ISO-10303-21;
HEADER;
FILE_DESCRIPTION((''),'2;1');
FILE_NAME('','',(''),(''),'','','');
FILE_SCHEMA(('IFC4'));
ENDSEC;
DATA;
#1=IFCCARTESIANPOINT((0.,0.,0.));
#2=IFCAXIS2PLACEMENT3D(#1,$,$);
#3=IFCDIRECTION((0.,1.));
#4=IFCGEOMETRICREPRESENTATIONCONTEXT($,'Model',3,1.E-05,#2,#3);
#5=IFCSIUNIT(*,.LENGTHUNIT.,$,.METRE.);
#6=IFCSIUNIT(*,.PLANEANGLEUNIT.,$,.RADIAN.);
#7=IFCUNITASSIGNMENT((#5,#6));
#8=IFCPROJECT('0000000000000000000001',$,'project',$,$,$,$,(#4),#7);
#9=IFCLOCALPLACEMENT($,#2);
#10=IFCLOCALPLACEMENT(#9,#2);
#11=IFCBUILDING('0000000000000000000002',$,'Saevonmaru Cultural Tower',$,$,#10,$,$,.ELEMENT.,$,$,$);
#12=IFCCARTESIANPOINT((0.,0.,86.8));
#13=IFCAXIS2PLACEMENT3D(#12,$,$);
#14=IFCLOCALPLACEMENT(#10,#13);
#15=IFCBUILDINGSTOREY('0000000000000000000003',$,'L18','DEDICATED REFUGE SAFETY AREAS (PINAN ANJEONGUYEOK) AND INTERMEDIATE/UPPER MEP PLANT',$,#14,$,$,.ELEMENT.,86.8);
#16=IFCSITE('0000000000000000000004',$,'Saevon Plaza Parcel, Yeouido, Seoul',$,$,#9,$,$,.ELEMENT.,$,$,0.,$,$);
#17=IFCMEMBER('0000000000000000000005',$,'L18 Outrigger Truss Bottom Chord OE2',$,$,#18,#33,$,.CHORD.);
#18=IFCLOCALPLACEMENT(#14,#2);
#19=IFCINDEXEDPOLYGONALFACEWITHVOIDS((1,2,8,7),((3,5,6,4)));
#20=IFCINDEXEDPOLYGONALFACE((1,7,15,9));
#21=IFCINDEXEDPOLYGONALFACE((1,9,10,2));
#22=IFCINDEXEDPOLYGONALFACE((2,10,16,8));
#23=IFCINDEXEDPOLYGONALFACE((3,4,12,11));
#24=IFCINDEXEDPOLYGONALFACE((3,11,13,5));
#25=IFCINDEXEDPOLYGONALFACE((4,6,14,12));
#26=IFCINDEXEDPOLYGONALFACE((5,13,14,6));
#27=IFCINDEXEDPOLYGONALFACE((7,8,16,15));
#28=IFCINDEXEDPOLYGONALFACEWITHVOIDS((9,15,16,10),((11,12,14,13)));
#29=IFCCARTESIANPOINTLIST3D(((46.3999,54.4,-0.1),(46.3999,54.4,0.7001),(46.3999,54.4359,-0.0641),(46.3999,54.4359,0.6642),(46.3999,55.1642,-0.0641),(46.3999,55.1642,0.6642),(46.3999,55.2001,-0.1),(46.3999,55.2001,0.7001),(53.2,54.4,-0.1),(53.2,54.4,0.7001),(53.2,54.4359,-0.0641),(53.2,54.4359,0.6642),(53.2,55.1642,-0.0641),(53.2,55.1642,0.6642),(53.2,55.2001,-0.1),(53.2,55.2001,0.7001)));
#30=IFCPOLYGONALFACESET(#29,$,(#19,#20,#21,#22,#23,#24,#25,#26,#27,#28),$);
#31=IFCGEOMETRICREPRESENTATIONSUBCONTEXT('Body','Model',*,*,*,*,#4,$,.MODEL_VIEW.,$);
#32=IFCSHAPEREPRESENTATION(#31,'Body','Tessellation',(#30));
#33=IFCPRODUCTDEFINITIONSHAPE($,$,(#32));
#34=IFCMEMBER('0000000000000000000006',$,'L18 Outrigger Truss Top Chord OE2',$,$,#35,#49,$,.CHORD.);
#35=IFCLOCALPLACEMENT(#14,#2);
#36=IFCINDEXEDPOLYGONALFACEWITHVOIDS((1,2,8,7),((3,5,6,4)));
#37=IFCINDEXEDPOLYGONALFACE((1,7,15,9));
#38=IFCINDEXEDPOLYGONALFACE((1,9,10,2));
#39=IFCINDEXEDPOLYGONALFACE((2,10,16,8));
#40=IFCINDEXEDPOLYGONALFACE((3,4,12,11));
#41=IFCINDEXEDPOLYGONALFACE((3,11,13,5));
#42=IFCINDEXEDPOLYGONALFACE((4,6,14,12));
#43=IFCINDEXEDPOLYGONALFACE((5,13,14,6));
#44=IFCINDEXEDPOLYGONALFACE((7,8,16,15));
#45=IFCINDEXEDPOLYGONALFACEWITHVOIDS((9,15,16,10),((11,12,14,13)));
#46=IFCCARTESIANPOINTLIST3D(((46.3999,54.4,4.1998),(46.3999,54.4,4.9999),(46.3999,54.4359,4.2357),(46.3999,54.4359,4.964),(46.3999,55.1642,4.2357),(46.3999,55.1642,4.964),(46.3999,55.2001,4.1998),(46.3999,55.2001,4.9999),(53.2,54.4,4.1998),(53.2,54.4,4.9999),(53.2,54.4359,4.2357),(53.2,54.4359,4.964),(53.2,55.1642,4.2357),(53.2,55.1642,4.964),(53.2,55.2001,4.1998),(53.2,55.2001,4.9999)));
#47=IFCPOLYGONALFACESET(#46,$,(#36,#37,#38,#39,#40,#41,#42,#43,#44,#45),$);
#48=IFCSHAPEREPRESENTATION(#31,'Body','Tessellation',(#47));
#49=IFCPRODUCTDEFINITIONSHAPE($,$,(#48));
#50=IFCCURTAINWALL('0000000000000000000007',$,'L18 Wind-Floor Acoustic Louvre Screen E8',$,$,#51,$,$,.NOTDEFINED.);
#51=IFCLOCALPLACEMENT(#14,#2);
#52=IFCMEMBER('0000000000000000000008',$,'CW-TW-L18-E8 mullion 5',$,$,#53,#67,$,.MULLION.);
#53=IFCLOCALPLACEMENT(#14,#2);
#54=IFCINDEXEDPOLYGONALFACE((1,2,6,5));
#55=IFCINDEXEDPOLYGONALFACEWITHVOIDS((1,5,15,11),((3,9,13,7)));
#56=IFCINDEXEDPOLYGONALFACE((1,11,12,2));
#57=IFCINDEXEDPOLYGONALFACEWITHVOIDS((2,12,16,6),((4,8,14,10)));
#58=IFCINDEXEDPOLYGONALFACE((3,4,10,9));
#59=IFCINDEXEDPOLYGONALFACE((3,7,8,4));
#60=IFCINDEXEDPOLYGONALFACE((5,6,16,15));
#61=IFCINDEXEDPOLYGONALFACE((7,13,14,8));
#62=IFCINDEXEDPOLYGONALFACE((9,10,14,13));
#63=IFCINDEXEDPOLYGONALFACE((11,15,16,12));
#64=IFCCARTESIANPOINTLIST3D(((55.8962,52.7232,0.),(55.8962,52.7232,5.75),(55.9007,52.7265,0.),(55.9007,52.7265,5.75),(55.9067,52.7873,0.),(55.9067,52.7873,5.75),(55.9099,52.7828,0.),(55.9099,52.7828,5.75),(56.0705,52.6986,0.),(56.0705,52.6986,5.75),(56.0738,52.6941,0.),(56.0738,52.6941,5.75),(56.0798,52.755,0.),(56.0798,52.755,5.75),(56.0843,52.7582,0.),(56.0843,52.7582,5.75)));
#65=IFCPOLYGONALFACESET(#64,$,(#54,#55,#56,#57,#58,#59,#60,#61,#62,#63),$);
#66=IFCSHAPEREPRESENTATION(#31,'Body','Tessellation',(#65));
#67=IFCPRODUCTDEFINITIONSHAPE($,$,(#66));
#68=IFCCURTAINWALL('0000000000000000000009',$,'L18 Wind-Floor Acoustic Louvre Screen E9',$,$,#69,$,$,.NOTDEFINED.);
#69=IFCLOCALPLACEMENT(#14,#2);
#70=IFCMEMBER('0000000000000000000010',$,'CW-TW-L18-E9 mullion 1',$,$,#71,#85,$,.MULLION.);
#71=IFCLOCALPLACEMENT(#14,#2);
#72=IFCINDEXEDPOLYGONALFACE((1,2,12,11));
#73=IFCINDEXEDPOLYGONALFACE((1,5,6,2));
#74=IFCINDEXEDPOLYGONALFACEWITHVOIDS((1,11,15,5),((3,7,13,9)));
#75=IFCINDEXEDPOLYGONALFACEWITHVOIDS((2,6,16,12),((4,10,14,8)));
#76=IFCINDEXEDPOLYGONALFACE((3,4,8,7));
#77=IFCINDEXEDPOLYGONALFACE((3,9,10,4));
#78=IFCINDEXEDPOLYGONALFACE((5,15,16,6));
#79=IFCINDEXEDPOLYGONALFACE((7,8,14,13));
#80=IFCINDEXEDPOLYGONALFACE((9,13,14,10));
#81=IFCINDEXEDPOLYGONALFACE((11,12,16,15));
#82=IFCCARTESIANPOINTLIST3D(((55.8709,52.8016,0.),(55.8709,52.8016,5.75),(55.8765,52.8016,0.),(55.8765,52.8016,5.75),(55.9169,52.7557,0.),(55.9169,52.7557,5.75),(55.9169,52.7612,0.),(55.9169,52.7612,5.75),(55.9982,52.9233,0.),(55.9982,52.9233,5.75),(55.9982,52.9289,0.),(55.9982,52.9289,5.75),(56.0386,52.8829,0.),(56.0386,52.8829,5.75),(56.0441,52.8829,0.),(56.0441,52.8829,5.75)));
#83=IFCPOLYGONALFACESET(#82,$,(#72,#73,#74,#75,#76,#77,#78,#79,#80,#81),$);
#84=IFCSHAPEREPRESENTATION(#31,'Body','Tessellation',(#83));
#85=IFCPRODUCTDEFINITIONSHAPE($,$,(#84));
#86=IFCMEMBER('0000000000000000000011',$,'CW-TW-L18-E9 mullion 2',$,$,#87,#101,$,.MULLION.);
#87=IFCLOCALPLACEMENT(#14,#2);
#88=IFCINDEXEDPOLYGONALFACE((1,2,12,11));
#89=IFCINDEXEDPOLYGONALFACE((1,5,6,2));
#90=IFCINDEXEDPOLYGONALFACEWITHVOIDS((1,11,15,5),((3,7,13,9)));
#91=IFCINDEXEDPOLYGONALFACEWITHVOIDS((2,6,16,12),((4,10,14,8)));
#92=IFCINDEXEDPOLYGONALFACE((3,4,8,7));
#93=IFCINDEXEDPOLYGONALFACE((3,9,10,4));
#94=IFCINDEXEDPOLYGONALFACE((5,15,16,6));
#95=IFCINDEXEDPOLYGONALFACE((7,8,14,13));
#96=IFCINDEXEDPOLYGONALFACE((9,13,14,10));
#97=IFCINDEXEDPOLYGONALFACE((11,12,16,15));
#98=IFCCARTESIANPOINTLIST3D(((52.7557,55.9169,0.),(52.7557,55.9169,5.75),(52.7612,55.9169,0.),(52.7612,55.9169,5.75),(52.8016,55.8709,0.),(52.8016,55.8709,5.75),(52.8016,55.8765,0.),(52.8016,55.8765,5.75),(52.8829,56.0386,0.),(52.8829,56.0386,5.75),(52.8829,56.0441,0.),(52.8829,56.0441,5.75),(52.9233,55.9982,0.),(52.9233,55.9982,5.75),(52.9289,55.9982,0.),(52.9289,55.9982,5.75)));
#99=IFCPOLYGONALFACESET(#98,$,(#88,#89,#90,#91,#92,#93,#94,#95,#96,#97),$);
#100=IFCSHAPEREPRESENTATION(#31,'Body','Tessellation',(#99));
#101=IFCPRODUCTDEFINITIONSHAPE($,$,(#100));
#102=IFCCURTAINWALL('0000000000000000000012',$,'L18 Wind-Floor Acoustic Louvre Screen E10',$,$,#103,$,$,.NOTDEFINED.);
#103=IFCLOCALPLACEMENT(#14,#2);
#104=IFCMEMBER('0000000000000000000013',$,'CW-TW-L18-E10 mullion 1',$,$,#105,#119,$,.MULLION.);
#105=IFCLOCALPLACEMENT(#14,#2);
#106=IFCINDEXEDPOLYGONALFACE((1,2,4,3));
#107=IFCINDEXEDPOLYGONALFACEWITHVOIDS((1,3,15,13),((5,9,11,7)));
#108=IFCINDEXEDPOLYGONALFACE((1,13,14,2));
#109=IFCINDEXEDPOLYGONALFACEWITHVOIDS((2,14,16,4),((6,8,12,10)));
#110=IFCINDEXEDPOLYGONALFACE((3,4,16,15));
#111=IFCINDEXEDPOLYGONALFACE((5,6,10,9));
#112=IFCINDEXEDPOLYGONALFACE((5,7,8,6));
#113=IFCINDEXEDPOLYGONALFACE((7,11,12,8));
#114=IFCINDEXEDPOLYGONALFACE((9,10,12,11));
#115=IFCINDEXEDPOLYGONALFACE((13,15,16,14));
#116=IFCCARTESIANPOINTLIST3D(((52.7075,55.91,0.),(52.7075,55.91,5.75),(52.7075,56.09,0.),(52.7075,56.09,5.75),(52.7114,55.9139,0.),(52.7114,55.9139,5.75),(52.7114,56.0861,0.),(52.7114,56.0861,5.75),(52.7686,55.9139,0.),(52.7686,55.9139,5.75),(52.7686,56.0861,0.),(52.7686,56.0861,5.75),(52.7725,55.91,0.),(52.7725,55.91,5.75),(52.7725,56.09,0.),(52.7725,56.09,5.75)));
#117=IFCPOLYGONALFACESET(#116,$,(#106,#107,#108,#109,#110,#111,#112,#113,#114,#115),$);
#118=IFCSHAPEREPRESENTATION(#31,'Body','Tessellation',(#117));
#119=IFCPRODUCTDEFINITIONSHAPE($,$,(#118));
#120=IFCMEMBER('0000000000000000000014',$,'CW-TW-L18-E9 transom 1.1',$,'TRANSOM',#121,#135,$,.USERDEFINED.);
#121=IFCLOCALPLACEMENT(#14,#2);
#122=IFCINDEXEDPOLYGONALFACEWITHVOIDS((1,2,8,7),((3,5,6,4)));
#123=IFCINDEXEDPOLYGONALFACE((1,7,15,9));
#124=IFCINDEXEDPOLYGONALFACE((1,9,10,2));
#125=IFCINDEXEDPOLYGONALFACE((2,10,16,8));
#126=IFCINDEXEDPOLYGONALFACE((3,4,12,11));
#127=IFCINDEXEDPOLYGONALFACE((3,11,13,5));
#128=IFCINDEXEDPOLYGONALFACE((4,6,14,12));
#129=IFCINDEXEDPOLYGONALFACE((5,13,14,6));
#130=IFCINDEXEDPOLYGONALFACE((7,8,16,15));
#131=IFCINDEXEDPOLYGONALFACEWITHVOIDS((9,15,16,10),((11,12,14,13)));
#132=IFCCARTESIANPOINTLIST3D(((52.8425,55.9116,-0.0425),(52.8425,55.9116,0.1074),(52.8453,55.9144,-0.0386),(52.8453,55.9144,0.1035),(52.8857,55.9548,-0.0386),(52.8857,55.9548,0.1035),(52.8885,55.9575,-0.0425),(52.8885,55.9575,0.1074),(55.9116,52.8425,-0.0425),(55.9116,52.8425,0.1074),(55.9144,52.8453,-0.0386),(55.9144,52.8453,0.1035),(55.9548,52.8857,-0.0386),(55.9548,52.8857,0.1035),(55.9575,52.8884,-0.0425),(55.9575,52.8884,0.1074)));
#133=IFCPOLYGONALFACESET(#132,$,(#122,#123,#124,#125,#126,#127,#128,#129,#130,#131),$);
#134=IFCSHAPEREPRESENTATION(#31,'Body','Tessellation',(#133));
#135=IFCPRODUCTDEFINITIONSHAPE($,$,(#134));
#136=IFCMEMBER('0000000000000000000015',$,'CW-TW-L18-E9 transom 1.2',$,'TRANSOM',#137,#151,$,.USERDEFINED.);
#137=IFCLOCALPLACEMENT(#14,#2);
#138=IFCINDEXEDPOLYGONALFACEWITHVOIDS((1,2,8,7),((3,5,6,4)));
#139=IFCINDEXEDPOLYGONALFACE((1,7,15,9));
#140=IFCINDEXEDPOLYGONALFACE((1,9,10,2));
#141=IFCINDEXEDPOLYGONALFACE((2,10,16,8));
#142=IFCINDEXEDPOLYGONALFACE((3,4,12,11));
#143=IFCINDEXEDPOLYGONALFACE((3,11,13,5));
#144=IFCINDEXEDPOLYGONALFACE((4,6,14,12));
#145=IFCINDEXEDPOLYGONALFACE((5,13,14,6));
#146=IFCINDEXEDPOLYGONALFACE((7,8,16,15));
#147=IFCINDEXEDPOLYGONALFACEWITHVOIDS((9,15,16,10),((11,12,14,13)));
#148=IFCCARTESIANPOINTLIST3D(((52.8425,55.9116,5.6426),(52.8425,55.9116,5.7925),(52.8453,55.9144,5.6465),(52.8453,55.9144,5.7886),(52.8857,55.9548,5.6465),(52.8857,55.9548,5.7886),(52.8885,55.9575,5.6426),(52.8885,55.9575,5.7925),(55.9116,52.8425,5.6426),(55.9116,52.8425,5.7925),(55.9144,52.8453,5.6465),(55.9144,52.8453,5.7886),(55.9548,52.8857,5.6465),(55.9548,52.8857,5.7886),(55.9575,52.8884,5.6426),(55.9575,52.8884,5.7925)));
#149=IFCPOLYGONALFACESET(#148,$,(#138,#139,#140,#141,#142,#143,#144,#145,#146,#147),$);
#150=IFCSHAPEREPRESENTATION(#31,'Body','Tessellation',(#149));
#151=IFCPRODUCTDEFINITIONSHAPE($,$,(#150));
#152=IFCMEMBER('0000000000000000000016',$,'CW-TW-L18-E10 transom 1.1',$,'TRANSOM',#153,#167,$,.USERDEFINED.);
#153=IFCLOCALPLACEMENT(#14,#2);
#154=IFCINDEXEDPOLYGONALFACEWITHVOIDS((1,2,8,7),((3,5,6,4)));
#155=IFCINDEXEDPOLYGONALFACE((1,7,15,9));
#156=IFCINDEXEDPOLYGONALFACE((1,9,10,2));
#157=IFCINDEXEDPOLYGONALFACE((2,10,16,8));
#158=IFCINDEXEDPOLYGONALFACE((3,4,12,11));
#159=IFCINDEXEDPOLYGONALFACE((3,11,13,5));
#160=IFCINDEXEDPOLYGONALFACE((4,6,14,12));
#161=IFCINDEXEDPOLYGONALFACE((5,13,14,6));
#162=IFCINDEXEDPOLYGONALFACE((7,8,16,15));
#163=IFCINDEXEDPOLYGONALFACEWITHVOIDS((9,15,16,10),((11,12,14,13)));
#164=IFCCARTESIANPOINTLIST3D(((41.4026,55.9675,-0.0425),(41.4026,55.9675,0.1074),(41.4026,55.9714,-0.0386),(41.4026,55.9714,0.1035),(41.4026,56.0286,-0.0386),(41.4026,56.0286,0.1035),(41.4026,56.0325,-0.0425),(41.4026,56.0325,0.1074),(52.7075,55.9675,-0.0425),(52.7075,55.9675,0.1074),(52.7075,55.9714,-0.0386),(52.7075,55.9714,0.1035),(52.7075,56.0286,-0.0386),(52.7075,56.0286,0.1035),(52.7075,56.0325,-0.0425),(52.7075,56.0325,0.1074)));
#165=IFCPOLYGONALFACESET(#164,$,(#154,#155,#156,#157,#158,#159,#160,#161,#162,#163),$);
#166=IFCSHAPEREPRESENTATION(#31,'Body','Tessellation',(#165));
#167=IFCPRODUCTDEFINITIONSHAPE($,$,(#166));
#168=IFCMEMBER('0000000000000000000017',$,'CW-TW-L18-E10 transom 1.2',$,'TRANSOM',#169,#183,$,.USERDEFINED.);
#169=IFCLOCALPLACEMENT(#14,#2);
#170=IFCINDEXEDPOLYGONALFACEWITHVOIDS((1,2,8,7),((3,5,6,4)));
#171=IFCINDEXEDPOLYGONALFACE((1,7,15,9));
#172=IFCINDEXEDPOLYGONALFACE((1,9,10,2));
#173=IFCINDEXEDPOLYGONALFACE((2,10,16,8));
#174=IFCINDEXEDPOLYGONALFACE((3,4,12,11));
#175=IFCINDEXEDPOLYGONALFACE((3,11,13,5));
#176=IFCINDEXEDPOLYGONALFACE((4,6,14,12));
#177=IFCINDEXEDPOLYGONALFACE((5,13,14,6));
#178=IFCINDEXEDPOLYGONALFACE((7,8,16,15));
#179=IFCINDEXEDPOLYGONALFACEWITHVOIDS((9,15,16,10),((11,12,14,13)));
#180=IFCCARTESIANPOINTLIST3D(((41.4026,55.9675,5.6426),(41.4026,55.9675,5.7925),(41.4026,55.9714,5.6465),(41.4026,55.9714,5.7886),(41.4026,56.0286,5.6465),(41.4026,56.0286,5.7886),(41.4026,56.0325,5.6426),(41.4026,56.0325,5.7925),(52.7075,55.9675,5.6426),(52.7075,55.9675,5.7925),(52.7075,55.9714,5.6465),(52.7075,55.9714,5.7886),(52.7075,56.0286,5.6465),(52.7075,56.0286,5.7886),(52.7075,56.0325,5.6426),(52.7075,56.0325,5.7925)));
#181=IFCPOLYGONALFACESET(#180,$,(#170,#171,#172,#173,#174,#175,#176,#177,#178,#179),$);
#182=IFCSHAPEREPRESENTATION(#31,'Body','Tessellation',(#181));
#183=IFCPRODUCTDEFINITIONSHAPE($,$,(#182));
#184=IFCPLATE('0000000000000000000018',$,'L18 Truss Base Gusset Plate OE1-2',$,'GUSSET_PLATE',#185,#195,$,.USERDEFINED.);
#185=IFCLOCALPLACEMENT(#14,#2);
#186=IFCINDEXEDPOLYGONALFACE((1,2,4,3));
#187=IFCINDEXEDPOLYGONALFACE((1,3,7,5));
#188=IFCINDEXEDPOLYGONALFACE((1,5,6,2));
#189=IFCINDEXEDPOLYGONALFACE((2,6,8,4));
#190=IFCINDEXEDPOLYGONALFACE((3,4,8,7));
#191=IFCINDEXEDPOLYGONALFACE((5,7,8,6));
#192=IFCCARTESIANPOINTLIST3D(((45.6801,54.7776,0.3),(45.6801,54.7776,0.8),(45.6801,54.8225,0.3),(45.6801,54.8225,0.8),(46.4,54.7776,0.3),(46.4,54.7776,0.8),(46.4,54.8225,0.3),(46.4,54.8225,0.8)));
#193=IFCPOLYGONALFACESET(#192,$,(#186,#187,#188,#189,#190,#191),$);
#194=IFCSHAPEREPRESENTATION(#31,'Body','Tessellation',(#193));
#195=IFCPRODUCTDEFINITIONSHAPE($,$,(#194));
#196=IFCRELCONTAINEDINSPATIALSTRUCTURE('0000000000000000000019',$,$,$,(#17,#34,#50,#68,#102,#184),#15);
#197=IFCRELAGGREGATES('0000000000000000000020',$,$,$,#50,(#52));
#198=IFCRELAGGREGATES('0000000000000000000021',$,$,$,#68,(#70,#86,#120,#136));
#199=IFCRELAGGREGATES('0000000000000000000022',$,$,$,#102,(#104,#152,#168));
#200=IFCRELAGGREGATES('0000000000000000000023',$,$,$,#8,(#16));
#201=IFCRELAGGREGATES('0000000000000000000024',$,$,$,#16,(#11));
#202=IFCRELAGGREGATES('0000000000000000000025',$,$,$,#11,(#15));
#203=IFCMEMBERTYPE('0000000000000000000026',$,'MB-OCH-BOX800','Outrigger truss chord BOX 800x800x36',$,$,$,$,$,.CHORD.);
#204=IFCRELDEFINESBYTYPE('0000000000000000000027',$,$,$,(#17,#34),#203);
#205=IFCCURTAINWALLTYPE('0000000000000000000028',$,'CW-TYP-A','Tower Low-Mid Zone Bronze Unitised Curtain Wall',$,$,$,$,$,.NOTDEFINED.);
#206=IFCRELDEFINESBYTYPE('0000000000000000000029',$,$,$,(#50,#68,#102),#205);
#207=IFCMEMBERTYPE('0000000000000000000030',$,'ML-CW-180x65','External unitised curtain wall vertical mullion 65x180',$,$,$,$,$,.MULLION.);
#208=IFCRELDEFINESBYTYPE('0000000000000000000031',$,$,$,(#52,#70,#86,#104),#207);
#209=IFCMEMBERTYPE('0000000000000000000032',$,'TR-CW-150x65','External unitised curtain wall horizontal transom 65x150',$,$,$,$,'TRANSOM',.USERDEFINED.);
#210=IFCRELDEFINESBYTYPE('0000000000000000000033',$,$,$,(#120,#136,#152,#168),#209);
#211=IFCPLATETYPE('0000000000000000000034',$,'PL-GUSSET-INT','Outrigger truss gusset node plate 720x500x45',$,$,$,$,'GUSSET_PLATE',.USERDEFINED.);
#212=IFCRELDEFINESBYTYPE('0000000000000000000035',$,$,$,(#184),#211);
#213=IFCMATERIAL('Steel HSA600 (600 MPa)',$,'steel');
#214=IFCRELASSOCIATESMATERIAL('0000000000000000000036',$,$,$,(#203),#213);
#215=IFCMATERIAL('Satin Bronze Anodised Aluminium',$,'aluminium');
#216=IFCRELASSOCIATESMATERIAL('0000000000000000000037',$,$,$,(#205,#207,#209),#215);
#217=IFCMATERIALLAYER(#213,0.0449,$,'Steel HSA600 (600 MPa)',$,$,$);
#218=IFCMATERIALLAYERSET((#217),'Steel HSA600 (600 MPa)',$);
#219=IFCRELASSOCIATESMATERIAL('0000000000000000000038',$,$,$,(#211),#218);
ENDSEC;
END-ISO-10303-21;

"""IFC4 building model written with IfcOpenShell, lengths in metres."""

from ifc_helpers import new_model, si_unit, direction, frame, origin, origin_2d, place, context, subcontext, project, spatial, rectangle, hollow_rectangle, extrude, material, layer, layer_set, material_profile, profile_set, type_object, element, aggregate, save


model = new_model("IFC4")

# Units and contexts
model_context = context("Model", 3, precision=1e-05, world=origin(), true_north=direction((0.0, 1.0)))
body_context = subcontext(model_context, "Body", "Model", "MODEL_VIEW")
ifc_project = project(units=[si_unit("LENGTHUNIT", "METRE"), si_unit("PLANEANGLEUNIT", "RADIAN")], contexts=[model_context])

# Site, building, storey
site_placement = place(None, origin())
site = spatial("IfcSite", under=ifc_project, at=site_placement, Name="Saevon Plaza Parcel, Yeouido, Seoul", CompositionType="ELEMENT", RefElevation=0.0)
building_placement = place(site_placement, origin())
building = spatial("IfcBuilding", under=site, at=building_placement, Name="Saevonmaru Cultural Tower", CompositionType="ELEMENT")
storey_placement = place(building_placement, frame((0.0, 0.0, 86.8)))
storey = spatial("IfcBuildingStorey", under=building, at=storey_placement, Name="L18", Description="DEDICATED REFUGE SAFETY AREAS (PINAN ANJEONGUYEOK) AND INTERMEDIATE/UPPER MEP PLANT", CompositionType="ELEMENT", Elevation=86.8)

# Shared definitions
ifc_material_1 = material(Name="Steel HSA600 (600 MPa)", Category="steel")

# Members
ifc_material_profile_1 = material_profile(ifc_material_1, hollow_rectangle(XDim=0.8, YDim=0.8, WallThickness=0.0359, at=origin_2d()), Name="BOX-800x800x36")
ifc_profile_set_1 = profile_set([ifc_material_profile_1], Name="Steel HSA600 (600 MPa)")
member_type_1 = type_object("IfcMemberType", Name="MB-OCH-BOX800", Description="Outrigger truss chord BOX 800x800x36", PredefinedType="CHORD", material=ifc_profile_set_1)
for number, where, z_axis, x_axis, name in (
    (1, (46.3999, 54.8, 0.3), (1.0, 0.0, 0.0), (0.0, 1.0, 0.0), "L18 Outrigger Truss Bottom Chord OE2"),
    (2, (46.3999, 54.8, 4.5999), (1.0, 0.0, 0.0), (0.0, 1.0, 0.0), "L18 Outrigger Truss Top Chord OE2"),
):
    element("IfcMember", number, at=place(storey_placement, frame(where, z_axis=z_axis, x_axis=x_axis)), inside=storey, type_object=member_type_1, Name=name, PredefinedType="CHORD", context=body_context, shape_type="SweptSolid", body=[
        extrude(hollow_rectangle(XDim=0.8, YDim=0.8, WallThickness=0.0359, at=origin_2d()), origin(), (0.0, 0.0, 1.0), 6.8),
    ])

# Curtain wall, member
ifc_material_2 = material(Name="Satin Bronze Anodised Aluminium", Category="aluminium")
curtain_wall_type = type_object("IfcCurtainWallType", Name="CW-TYP-A", Description="Tower Low-Mid Zone Bronze Unitised Curtain Wall", PredefinedType="NOTDEFINED", material=ifc_material_2)
curtain_wall_1_placement = place(storey_placement, origin())
curtain_wall_1 = element("IfcCurtainWall", 3, at=curtain_wall_1_placement, inside=storey, type_object=curtain_wall_type, Name="L18 Wind-Floor Acoustic Louvre Screen E8", PredefinedType="NOTDEFINED")
ifc_material_profile_2 = material_profile(ifc_material_2, hollow_rectangle(XDim=0.0649, YDim=0.1799, WallThickness=0.0039, at=origin_2d()), Name="ALU-MULL-180x65x4")
ifc_profile_set_2 = profile_set([ifc_material_profile_2], Name="Satin Bronze Anodised Aluminium")
member_type_2 = type_object("IfcMemberType", Name="ML-CW-180x65", Description="External unitised curtain wall vertical mullion 65x180", PredefinedType="MULLION", material=ifc_profile_set_2)
member_1_placement = place(storey_placement, frame((55.9902, 52.7407, 0.0), z_axis=(0.0, 0.0, 1.0), x_axis=(0.161709, 0.986839, 0.0)))
member_1 = element("IfcMember", 4, at=member_1_placement, type_object=member_type_2, Name="CW-TW-L18-E8 mullion 5", PredefinedType="MULLION", context=body_context, shape_type="SweptSolid", body=[
    extrude(hollow_rectangle(XDim=0.0649, YDim=0.1799, WallThickness=0.0039, at=origin_2d()), origin(), (0.0, 0.0, 1.0), 5.75),
])
aggregate(curtain_wall_1, [member_1])

# Curtain wall, members
curtain_wall_2_placement = place(storey_placement, origin())
curtain_wall_2 = element("IfcCurtainWall", 5, at=curtain_wall_2_placement, inside=storey, type_object=curtain_wall_type, Name="L18 Wind-Floor Acoustic Louvre Screen E9", PredefinedType="NOTDEFINED")
member_2_placement = place(storey_placement, frame((55.9575, 52.8423, 0.0), z_axis=(0.0, 0.0, 1.0), x_axis=(-0.707107, 0.707107, 0.0)))
member_2 = element("IfcMember", 6, at=member_2_placement, type_object=member_type_2, Name="CW-TW-L18-E9 mullion 1", PredefinedType="MULLION", context=body_context, shape_type="SweptSolid", body=[
    extrude(hollow_rectangle(XDim=0.0649, YDim=0.1799, WallThickness=0.0039, at=origin_2d()), origin(), (0.0, 0.0, 1.0), 5.75),
])
member_3_placement = place(storey_placement, frame((52.8423, 55.9575, 0.0), z_axis=(0.0, 0.0, 1.0), x_axis=(-0.707107, 0.707107, 0.0)))
member_3 = element("IfcMember", 7, at=member_3_placement, type_object=member_type_2, Name="CW-TW-L18-E9 mullion 2", PredefinedType="MULLION", context=body_context, shape_type="SweptSolid", body=[
    extrude(hollow_rectangle(XDim=0.0649, YDim=0.1799, WallThickness=0.0039, at=origin_2d()), origin(), (0.0, 0.0, 1.0), 5.75),
])

# Curtain wall, member
curtain_wall_3_placement = place(storey_placement, origin())
curtain_wall_3 = element("IfcCurtainWall", 8, at=curtain_wall_3_placement, inside=storey, type_object=curtain_wall_type, Name="L18 Wind-Floor Acoustic Louvre Screen E10", PredefinedType="NOTDEFINED")
member_4_placement = place(storey_placement, frame((52.74, 56.0, 0.0), z_axis=(0.0, 0.0, 1.0), x_axis=(-1.0, 0.0, 0.0)))
member_4 = element("IfcMember", 9, at=member_4_placement, type_object=member_type_2, Name="CW-TW-L18-E10 mullion 1", PredefinedType="MULLION", context=body_context, shape_type="SweptSolid", body=[
    extrude(hollow_rectangle(XDim=0.0649, YDim=0.1799, WallThickness=0.0039, at=origin_2d()), origin(), (0.0, 0.0, 1.0), 5.75),
])

# Members
ifc_material_profile_3 = material_profile(ifc_material_2, hollow_rectangle(XDim=0.0649, YDim=0.1499, WallThickness=0.0039, at=origin_2d()), Name="ALU-TRAN-150x65x4")
ifc_profile_set_3 = profile_set([ifc_material_profile_3], Name="Satin Bronze Anodised Aluminium")
member_type_3 = type_object("IfcMemberType", Name="TR-CW-150x65", Description="External unitised curtain wall horizontal transom 65x150", ElementType="TRANSOM", PredefinedType="USERDEFINED", material=ifc_profile_set_3)
member_5_placement = place(storey_placement, frame((55.9346, 52.8655, 0.0325), z_axis=(-0.707107, 0.707107, 0.0), x_axis=(-0.707107, -0.707107, 0.0)))
member_5 = element("IfcMember", 10, at=member_5_placement, type_object=member_type_3, Name="CW-TW-L18-E9 transom 1.1", ObjectType="TRANSOM", PredefinedType="USERDEFINED", context=body_context, shape_type="SweptSolid", body=[
    extrude(hollow_rectangle(XDim=0.0649, YDim=0.1499, WallThickness=0.0039, at=origin_2d()), origin(), (0.0, 0.0, 1.0), 4.3403),
])
member_6_placement = place(storey_placement, frame((55.9346, 52.8655, 5.7175), z_axis=(-0.707107, 0.707107, 0.0), x_axis=(-0.707107, -0.707107, 0.0)))
member_6 = element("IfcMember", 11, at=member_6_placement, type_object=member_type_3, Name="CW-TW-L18-E9 transom 1.2", ObjectType="TRANSOM", PredefinedType="USERDEFINED", context=body_context, shape_type="SweptSolid", body=[
    extrude(hollow_rectangle(XDim=0.0649, YDim=0.1499, WallThickness=0.0039, at=origin_2d()), origin(), (0.0, 0.0, 1.0), 4.3403),
])
member_7_placement = place(storey_placement, frame((52.7075, 56.0, 0.0325), z_axis=(-1.0, 0.0, 0.0), x_axis=(0.0, -1.0, 0.0)))
member_7 = element("IfcMember", 12, at=member_7_placement, type_object=member_type_3, Name="CW-TW-L18-E10 transom 1.1", ObjectType="TRANSOM", PredefinedType="USERDEFINED", context=body_context, shape_type="SweptSolid", body=[
    extrude(hollow_rectangle(XDim=0.0649, YDim=0.1499, WallThickness=0.0039, at=origin_2d()), origin(), (0.0, 0.0, 1.0), 11.3049),
])
member_8_placement = place(storey_placement, frame((52.7075, 56.0, 5.7175), z_axis=(-1.0, 0.0, 0.0), x_axis=(0.0, -1.0, 0.0)))
member_8 = element("IfcMember", 13, at=member_8_placement, type_object=member_type_3, Name="CW-TW-L18-E10 transom 1.2", ObjectType="TRANSOM", PredefinedType="USERDEFINED", context=body_context, shape_type="SweptSolid", body=[
    extrude(hollow_rectangle(XDim=0.0649, YDim=0.1499, WallThickness=0.0039, at=origin_2d()), origin(), (0.0, 0.0, 1.0), 11.3049),
])

# Plate
ifc_layer_1 = layer(ifc_material_1, 0.0449, Name="Steel HSA600 (600 MPa)")
ifc_layer_set_1 = layer_set([ifc_layer_1], Name="Steel HSA600 (600 MPa)")
plate_type_1 = type_object("IfcPlateType", Name="PL-GUSSET-INT", Description="Outrigger truss gusset node plate 720x500x45", ElementType="GUSSET_PLATE", PredefinedType="USERDEFINED", material=ifc_layer_set_1)
for number, where, z_axis, x_axis, name in (
    (14, (46.04, 54.8, 0.3), (0.0, 0.0, 1.0), (1.0, 0.0, 0.0), "L18 Truss Base Gusset Plate OE1-2"),
):
    element("IfcPlate", number, at=place(storey_placement, frame(where, z_axis=z_axis, x_axis=x_axis)), inside=storey, type_object=plate_type_1, Name=name, ObjectType="GUSSET_PLATE", PredefinedType="USERDEFINED", context=body_context, shape_type="SweptSolid", body=[
        extrude(rectangle(XDim=0.72, YDim=0.0449, at=origin_2d()), origin(), (0.0, 0.0, 1.0), 0.5),
    ])

aggregate(curtain_wall_2, [member_2, member_3, member_5, member_6])
aggregate(curtain_wall_3, [member_4, member_7, member_8])

save(model, "model.ifc")
